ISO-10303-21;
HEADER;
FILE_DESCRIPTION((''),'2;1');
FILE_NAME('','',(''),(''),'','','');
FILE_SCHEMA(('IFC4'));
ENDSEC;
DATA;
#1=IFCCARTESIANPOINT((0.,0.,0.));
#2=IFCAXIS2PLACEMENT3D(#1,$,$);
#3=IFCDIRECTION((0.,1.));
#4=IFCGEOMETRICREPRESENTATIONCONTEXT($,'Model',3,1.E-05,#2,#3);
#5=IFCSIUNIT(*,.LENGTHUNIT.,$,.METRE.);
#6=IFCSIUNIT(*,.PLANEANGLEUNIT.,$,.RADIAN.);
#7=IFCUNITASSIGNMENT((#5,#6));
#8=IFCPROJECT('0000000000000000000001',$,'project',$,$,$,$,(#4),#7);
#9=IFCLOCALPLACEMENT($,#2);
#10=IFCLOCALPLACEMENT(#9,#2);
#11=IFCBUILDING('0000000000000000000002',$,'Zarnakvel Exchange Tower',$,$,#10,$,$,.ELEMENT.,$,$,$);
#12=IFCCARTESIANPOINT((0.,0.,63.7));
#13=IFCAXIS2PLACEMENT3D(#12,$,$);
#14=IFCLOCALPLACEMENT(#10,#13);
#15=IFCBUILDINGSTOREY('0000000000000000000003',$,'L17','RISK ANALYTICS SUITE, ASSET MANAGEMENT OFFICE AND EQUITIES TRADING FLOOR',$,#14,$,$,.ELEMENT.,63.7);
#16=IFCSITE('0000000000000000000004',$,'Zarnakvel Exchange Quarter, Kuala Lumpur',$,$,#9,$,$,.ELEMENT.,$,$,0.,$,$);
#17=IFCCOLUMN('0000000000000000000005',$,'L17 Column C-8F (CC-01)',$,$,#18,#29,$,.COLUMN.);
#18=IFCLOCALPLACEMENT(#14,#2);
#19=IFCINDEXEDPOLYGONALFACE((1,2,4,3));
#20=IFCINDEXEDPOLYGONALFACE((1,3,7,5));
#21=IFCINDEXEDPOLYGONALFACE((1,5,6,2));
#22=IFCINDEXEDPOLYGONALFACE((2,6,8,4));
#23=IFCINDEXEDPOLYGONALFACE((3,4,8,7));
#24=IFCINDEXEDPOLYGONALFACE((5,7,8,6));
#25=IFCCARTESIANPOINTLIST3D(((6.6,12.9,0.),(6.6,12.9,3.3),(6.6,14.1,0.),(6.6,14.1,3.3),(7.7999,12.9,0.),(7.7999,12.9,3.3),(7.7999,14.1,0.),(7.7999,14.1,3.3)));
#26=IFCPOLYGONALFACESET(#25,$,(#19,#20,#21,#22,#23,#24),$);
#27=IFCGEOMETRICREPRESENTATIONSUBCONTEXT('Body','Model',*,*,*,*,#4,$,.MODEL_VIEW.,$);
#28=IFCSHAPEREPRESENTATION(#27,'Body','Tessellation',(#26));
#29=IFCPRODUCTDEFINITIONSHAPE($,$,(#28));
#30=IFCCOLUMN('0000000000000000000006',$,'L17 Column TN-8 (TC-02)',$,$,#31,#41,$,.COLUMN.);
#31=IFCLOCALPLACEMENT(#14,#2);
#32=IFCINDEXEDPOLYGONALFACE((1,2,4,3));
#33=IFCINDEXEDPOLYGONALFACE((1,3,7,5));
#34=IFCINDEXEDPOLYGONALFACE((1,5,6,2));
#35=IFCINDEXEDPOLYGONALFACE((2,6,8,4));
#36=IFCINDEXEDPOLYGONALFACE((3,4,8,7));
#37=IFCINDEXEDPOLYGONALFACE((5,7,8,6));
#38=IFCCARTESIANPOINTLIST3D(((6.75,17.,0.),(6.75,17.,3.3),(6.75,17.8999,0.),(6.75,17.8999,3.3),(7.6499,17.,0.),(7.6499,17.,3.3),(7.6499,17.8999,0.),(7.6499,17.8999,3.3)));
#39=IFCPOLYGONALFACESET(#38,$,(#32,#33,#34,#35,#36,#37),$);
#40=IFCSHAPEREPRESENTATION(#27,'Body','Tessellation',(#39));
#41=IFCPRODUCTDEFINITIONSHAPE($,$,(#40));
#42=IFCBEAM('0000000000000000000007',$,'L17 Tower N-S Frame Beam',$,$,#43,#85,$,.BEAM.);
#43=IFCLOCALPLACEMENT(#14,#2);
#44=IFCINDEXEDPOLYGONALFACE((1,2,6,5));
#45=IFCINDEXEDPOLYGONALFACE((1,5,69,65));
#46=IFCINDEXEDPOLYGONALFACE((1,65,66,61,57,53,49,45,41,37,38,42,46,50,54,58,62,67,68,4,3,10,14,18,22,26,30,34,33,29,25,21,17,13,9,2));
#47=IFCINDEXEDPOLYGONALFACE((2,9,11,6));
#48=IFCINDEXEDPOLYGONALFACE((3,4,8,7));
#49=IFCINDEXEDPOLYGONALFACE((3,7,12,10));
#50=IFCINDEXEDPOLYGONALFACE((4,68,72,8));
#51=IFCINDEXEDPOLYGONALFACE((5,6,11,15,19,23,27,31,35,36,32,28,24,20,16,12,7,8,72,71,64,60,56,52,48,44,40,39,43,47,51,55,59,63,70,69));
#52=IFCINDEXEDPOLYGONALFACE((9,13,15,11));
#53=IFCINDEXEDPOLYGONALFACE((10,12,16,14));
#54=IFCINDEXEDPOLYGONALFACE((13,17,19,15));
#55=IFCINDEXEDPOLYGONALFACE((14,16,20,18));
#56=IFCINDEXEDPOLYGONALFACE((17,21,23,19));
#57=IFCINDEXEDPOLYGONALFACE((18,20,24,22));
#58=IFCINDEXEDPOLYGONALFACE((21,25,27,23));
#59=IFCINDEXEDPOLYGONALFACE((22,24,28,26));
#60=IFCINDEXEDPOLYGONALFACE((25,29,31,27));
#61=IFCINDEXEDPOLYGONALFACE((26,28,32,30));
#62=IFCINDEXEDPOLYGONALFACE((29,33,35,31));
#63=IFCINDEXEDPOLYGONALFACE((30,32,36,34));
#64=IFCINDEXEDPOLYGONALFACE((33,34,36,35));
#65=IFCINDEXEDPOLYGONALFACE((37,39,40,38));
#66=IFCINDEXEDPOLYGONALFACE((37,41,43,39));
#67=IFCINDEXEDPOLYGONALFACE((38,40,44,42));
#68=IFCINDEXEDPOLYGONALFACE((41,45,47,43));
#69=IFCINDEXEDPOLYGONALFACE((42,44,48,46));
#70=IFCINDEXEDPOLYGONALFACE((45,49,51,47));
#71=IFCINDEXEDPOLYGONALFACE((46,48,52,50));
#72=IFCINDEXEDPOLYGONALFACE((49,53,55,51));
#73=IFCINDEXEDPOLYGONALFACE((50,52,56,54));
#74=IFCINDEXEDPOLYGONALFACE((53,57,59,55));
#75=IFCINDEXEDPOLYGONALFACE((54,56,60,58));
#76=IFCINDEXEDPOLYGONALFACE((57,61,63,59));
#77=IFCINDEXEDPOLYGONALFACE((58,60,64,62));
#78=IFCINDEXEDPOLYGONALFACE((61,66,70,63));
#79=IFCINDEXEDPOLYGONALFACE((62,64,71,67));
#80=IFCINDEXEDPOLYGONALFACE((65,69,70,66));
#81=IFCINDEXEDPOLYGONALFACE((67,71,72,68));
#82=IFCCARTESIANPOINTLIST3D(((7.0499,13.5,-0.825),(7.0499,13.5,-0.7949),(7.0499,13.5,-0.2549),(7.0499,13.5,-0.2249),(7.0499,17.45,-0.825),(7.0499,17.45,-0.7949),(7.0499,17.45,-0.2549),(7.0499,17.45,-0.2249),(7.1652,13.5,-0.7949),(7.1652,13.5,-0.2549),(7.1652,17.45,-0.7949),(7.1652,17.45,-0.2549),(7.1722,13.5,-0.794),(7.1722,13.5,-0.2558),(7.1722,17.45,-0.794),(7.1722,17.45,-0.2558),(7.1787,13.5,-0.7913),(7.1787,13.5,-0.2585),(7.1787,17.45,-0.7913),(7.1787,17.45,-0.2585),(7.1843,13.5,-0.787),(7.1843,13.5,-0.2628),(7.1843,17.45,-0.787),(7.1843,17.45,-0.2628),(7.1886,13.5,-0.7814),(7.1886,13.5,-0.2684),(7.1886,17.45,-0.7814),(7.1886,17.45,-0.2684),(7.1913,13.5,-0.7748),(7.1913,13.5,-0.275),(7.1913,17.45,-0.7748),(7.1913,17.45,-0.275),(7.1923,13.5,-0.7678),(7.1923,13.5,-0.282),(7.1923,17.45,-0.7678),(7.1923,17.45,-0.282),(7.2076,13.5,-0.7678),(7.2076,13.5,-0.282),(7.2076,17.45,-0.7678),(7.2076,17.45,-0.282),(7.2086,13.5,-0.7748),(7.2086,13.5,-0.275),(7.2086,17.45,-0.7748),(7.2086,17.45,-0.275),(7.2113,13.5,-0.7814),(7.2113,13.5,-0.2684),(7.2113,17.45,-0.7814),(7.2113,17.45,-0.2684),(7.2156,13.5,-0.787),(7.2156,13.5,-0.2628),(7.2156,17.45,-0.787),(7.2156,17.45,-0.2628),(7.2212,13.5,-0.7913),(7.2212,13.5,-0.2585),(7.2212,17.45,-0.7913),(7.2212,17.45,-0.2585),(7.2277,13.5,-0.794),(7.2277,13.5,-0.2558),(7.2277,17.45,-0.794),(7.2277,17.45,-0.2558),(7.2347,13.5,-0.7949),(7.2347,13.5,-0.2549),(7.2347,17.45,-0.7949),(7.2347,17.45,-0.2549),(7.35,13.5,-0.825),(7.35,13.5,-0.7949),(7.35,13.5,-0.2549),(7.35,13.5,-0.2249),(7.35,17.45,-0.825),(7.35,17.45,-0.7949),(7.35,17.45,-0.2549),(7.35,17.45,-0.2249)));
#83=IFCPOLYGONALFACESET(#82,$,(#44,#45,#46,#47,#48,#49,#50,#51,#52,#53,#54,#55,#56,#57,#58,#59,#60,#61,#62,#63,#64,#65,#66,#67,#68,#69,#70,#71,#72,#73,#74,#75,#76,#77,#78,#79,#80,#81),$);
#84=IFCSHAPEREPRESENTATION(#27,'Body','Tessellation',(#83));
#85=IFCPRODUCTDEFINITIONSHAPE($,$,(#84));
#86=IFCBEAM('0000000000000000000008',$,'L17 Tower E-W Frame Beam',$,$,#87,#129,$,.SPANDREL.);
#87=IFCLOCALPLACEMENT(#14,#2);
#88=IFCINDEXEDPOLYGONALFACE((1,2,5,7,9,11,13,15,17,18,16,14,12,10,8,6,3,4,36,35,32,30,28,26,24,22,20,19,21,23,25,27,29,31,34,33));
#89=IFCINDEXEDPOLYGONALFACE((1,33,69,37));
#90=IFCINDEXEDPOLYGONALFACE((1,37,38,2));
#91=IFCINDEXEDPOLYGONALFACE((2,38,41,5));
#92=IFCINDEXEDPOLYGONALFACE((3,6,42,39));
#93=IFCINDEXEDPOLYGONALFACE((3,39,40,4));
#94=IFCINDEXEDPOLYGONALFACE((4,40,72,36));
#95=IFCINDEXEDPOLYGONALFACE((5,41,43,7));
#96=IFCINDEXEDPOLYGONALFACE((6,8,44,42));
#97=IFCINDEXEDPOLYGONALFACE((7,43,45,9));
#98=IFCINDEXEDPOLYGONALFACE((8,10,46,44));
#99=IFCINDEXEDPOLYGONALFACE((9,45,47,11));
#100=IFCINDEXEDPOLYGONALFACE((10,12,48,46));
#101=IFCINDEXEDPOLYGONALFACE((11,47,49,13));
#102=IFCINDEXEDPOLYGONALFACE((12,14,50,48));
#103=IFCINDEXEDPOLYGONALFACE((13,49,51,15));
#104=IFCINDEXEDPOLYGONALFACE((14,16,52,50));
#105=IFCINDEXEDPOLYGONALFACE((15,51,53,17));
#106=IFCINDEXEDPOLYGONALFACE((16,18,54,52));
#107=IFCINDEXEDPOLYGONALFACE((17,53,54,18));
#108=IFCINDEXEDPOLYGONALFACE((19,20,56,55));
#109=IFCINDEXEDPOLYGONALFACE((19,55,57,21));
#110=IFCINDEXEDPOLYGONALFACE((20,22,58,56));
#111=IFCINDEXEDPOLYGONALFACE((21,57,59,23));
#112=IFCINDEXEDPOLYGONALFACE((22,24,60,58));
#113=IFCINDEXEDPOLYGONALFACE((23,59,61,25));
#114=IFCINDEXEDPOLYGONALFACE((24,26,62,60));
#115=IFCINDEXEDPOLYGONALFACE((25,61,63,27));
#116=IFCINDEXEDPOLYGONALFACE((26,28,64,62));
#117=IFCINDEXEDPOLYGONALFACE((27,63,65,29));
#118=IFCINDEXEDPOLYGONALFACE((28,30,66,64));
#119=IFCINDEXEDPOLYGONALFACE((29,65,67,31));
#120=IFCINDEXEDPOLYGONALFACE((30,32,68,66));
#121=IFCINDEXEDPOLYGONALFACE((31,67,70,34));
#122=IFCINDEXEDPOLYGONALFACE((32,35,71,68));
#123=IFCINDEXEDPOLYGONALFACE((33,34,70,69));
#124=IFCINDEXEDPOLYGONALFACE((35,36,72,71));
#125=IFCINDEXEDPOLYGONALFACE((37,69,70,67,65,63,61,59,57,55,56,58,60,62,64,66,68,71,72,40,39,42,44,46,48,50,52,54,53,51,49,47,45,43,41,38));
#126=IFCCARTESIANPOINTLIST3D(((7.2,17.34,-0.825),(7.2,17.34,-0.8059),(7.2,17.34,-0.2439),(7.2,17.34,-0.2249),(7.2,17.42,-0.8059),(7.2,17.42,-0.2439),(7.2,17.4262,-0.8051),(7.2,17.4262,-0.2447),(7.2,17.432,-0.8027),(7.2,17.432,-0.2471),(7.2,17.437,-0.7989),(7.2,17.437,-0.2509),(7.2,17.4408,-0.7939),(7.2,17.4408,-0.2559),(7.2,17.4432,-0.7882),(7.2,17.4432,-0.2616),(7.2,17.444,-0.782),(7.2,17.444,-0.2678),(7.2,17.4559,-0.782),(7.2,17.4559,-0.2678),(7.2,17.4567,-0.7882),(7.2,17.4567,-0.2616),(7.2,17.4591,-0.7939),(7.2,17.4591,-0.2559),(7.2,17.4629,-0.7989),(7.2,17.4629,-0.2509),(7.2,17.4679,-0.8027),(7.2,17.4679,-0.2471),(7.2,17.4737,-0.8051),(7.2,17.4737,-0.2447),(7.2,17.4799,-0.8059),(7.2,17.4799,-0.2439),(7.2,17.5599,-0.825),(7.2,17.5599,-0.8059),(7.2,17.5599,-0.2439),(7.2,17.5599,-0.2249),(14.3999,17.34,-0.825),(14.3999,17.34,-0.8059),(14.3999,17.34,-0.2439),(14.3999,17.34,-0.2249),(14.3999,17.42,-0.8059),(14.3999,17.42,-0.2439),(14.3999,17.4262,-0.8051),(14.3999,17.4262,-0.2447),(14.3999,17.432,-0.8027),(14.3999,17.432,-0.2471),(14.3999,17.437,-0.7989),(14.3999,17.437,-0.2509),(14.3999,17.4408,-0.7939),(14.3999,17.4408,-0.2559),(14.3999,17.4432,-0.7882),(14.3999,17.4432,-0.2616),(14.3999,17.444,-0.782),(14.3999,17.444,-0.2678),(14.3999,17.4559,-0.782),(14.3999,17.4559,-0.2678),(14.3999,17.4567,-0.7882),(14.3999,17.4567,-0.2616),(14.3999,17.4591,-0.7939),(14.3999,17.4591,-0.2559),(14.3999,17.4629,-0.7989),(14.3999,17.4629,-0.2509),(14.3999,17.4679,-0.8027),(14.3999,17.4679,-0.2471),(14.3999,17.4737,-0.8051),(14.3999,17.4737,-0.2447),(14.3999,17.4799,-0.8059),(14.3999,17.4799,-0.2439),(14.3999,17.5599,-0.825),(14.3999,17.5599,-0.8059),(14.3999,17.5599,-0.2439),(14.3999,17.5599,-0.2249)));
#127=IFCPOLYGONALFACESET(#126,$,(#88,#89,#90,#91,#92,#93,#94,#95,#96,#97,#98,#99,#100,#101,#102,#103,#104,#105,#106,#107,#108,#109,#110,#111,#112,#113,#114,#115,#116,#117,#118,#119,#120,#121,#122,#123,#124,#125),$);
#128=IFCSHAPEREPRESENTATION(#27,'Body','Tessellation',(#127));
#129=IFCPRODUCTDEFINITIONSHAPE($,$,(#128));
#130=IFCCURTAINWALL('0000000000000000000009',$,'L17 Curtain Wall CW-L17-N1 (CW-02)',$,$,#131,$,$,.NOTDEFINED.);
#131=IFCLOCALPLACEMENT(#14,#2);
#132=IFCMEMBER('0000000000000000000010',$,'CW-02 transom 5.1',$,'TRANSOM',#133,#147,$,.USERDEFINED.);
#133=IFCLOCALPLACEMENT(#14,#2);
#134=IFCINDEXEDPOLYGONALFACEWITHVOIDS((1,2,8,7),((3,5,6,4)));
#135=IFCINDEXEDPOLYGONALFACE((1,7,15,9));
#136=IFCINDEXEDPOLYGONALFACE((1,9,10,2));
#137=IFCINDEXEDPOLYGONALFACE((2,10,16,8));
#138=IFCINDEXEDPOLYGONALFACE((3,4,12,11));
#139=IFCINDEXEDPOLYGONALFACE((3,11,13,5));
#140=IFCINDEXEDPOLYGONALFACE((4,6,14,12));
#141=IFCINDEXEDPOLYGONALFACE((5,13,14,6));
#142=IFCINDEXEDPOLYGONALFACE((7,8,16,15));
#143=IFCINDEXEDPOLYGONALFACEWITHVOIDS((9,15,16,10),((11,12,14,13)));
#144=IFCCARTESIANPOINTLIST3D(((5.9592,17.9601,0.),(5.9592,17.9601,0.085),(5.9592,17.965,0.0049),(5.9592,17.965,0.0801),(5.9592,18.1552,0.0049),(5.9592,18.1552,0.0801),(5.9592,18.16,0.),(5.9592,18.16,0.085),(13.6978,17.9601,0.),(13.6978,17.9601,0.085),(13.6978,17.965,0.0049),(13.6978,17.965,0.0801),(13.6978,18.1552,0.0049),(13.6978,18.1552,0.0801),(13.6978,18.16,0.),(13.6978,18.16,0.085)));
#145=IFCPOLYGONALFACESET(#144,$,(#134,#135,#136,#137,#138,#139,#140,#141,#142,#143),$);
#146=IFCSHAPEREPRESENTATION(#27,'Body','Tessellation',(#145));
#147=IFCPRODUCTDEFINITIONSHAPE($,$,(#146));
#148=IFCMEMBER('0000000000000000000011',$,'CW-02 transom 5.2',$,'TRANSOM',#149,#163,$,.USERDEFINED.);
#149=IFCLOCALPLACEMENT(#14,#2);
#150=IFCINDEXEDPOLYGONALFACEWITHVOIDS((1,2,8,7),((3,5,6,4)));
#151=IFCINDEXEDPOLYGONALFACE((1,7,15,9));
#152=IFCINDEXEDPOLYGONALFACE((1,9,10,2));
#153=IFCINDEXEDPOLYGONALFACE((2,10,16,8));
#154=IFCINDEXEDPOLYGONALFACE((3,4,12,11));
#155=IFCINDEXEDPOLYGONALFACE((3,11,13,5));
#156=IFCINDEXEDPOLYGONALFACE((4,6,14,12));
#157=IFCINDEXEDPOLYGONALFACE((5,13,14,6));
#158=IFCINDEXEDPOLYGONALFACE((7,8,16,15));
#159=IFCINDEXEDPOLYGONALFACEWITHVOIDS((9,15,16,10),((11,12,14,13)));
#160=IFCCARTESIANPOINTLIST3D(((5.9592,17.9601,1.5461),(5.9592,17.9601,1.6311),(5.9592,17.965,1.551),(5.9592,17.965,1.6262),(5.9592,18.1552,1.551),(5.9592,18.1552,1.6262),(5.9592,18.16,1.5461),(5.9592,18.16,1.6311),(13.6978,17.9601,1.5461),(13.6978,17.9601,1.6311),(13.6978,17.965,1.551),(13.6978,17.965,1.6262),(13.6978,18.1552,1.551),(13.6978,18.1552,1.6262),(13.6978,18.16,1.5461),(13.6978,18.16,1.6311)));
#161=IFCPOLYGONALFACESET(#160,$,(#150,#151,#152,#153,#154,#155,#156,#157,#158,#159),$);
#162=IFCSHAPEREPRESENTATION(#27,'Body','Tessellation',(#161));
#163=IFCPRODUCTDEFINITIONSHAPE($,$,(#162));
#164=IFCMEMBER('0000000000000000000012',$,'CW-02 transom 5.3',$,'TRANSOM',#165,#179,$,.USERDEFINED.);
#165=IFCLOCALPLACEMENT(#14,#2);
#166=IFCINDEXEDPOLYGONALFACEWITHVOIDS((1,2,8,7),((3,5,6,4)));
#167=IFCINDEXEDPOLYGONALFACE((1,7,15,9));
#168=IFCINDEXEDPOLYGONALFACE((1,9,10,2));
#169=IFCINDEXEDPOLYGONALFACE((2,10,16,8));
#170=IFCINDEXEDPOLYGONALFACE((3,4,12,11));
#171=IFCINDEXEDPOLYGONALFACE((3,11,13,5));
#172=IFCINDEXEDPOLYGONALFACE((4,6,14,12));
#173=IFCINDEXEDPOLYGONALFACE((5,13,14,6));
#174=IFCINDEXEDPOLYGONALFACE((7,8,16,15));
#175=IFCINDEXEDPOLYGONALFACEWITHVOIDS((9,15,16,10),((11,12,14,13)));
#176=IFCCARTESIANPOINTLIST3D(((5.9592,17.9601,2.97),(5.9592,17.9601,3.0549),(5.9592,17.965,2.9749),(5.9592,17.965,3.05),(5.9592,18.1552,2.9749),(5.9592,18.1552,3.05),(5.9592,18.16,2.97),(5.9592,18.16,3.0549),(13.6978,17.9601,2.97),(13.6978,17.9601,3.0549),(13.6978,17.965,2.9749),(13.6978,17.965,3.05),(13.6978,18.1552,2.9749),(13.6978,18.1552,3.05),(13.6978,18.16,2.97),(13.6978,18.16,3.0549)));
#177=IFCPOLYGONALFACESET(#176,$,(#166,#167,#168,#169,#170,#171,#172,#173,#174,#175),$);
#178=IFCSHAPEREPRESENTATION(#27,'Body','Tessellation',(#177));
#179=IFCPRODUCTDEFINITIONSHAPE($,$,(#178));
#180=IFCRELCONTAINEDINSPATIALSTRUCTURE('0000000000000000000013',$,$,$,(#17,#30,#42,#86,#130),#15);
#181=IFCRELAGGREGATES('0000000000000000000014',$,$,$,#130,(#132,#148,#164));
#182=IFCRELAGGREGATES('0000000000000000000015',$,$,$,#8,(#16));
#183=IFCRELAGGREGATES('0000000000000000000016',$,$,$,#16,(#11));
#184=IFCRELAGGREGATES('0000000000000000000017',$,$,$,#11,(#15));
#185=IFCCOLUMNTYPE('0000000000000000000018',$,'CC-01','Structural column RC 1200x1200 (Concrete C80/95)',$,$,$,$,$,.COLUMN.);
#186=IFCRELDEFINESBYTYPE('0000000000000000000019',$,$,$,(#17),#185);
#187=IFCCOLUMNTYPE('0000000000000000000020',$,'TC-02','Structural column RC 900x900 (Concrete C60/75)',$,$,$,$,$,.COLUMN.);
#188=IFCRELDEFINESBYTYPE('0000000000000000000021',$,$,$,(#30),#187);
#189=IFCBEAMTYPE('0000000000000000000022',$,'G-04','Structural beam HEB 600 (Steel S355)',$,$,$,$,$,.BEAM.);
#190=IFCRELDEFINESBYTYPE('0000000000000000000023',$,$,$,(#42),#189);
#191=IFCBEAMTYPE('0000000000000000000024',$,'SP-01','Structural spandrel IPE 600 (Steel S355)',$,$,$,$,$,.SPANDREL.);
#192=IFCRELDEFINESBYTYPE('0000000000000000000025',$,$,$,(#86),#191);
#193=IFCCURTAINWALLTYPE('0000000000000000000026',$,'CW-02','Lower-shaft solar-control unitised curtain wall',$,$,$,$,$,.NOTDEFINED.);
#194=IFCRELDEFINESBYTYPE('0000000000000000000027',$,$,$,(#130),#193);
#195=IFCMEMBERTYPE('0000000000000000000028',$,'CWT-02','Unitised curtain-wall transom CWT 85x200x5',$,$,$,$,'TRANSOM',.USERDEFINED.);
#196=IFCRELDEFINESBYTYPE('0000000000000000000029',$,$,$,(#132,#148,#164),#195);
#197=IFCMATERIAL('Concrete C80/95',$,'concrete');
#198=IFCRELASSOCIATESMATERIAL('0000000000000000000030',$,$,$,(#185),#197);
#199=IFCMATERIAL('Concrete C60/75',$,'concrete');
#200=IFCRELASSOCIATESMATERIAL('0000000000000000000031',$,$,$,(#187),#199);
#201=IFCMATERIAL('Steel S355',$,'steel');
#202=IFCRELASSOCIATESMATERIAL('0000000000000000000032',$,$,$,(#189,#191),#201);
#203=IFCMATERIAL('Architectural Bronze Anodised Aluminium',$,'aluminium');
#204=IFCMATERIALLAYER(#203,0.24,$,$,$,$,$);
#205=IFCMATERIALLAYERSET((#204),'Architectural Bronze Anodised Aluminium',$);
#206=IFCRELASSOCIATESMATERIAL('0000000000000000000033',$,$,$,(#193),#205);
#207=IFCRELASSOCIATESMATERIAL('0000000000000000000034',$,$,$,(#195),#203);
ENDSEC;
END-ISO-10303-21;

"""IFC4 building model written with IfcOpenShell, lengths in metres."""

from ifc_helpers import new_model, si_unit, direction, frame, origin, origin_2d, place, context, subcontext, project, spatial, rectangle, hollow_rectangle, i_section, extrude, source, transform, mapped, material, layer, layer_set, material_profile, profile_set, type_object, element, aggregate, save


model = new_model("IFC4")

# Units and contexts
model_context = context("Model", 3, precision=1e-05, world=origin(), true_north=direction((0.0, 1.0)))
body_context = subcontext(model_context, "Body", "Model", "MODEL_VIEW")
ifc_project = project(units=[si_unit("LENGTHUNIT", "METRE"), si_unit("PLANEANGLEUNIT", "RADIAN")], contexts=[model_context])

# Site, building, storey
site_placement = place(None, origin())
site = spatial("IfcSite", under=ifc_project, at=site_placement, Name="Zarnakvel Exchange Quarter, Kuala Lumpur", CompositionType="ELEMENT", RefElevation=0.0)
building_placement = place(site_placement, origin())
building = spatial("IfcBuilding", under=site, at=building_placement, Name="Zarnakvel Exchange Tower", CompositionType="ELEMENT")
storey_placement = place(building_placement, frame((0.0, 0.0, 63.7)))
storey = spatial("IfcBuildingStorey", under=building, at=storey_placement, Name="L17", Description="RISK ANALYTICS SUITE, ASSET MANAGEMENT OFFICE AND EQUITIES TRADING FLOOR", CompositionType="ELEMENT", Elevation=63.7)

# Columns
ifc_material_1 = material(Name="Concrete C80/95", Category="concrete")
ifc_material_profile_1 = material_profile(ifc_material_1, rectangle(XDim=1.2, YDim=1.2, at=origin_2d()))
ifc_profile_set_1 = profile_set([ifc_material_profile_1], Name="Concrete C80/95")
column_type_1 = type_object("IfcColumnType", Name="CC-01", Description="Structural column RC 1200x1200 (Concrete C80/95)", PredefinedType="COLUMN", material=ifc_profile_set_1)
column_1_placement = place(storey_placement, frame((7.2, 13.5, 0.0), z_axis=(0.0, 0.0, 1.0), x_axis=(1.0, 0.0, 0.0)))
element("IfcColumn", 1, at=column_1_placement, inside=storey, type_object=column_type_1, Name="L17 Column C-8F (CC-01)", PredefinedType="COLUMN", context=body_context, shape_type="SweptSolid", body=[
    extrude(rectangle(XDim=1.2, YDim=1.2, at=origin_2d()), origin(), (0.0, 0.0, 1.0), 3.3),
])
ifc_material_2 = material(Name="Concrete C60/75", Category="concrete")
ifc_material_profile_2 = material_profile(ifc_material_2, rectangle(XDim=0.8999, YDim=0.8999, at=origin_2d()))
ifc_profile_set_2 = profile_set([ifc_material_profile_2], Name="Concrete C60/75")
column_type_2 = type_object("IfcColumnType", Name="TC-02", Description="Structural column RC 900x900 (Concrete C60/75)", PredefinedType="COLUMN", material=ifc_profile_set_2)
column_2_placement = place(storey_placement, frame((7.2, 17.45, 0.0), z_axis=(0.0, 0.0, 1.0), x_axis=(1.0, 0.0, 0.0)))
element("IfcColumn", 2, at=column_2_placement, inside=storey, type_object=column_type_2, Name="L17 Column TN-8 (TC-02)", PredefinedType="COLUMN", context=body_context, shape_type="SweptSolid", body=[
    extrude(rectangle(XDim=0.8999, YDim=0.8999, at=origin_2d()), origin(), (0.0, 0.0, 1.0), 3.3),
])

# Beams
ifc_material_3 = material(Name="Steel S355", Category="steel")
ifc_material_profile_3 = material_profile(ifc_material_3, i_section(OverallWidth=0.3, OverallDepth=0.6001, WebThickness=0.0154, FlangeThickness=0.03, FilletRadius=0.0271, at=origin_2d()))
ifc_profile_set_3 = profile_set([ifc_material_profile_3], Name="Steel S355")
beam_type_1 = type_object("IfcBeamType", Name="G-04", Description="Structural beam HEB 600 (Steel S355)", PredefinedType="BEAM", material=ifc_profile_set_3)
beam_1_placement = place(storey_placement, frame((7.2, 13.5, -0.5249), z_axis=(0.0, 1.0, 0.0), x_axis=(-1.0, 0.0, 0.0)))
element("IfcBeam", 3, at=beam_1_placement, inside=storey, type_object=beam_type_1, Name="L17 Tower N-S Frame Beam", PredefinedType="BEAM", context=body_context, shape_type="SweptSolid", body=[
    extrude(i_section(OverallWidth=0.3, OverallDepth=0.6001, WebThickness=0.0154, FlangeThickness=0.03, FilletRadius=0.0271, at=origin_2d()), origin(), (0.0, 0.0, 1.0), 3.95),
])
ifc_material_profile_4 = material_profile(ifc_material_3, i_section(OverallWidth=0.22, OverallDepth=0.6001, WebThickness=0.012, FlangeThickness=0.019, FilletRadius=0.0239, at=origin_2d()))
ifc_profile_set_4 = profile_set([ifc_material_profile_4], Name="Steel S355")
beam_type_2 = type_object("IfcBeamType", Name="SP-01", Description="Structural spandrel IPE 600 (Steel S355)", PredefinedType="SPANDREL", material=ifc_profile_set_4)
beam_2_placement = place(storey_placement, frame((7.2, 17.45, -0.5249), z_axis=(1.0, 0.0, 0.0), x_axis=(0.0, 1.0, 0.0)))
element("IfcBeam", 4, at=beam_2_placement, inside=storey, type_object=beam_type_2, Name="L17 Tower E-W Frame Beam", PredefinedType="SPANDREL", context=body_context, shape_type="SweptSolid", body=[
    extrude(i_section(OverallWidth=0.22, OverallDepth=0.6001, WebThickness=0.012, FlangeThickness=0.019, FilletRadius=0.0239, at=origin_2d()), origin(), (0.0, 0.0, 1.0), 7.2),
])

# Curtain wall, members
ifc_material_4 = material(Name="Architectural Bronze Anodised Aluminium", Category="aluminium")
ifc_layer_1 = layer(ifc_material_4, 0.24)
ifc_layer_set_1 = layer_set([ifc_layer_1], Name="Architectural Bronze Anodised Aluminium")
curtain_wall_type = type_object("IfcCurtainWallType", Name="CW-02", Description="Lower-shaft solar-control unitised curtain wall", PredefinedType="NOTDEFINED", material=ifc_layer_set_1)
curtain_wall_placement = place(storey_placement, origin())
curtain_wall = element("IfcCurtainWall", 5, at=curtain_wall_placement, inside=storey, type_object=curtain_wall_type, Name="L17 Curtain Wall CW-L17-N1 (CW-02)", PredefinedType="NOTDEFINED")
ifc_material_profile_5 = material_profile(ifc_material_4, hollow_rectangle(XDim=0.2, YDim=0.085, WallThickness=0.0049, at=origin_2d()))
ifc_profile_set_5 = profile_set([ifc_material_profile_5], Name="Architectural Bronze Anodised Aluminium")
member_type_1 = type_object("IfcMemberType", Name="CWT-02", Description="Unitised curtain-wall transom CWT 85x200x5", ElementType="TRANSOM", PredefinedType="USERDEFINED", material=ifc_profile_set_5)
shared_shape_1 = source(origin(), body_context, "Body", "SweptSolid", [
    extrude(hollow_rectangle(XDim=0.2, YDim=0.085, WallThickness=0.0049, at=origin_2d()), origin(), (0.0, 0.0, 1.0), 7.7385),
])
member_1_placement = place(storey_placement, frame((5.9592, 18.0601, 0.0425), z_axis=(1.0, 0.0, 0.0), x_axis=(0.0, 1.0, 0.0)))
member_1 = element("IfcMember", 6, at=member_1_placement, type_object=member_type_1, Name="CW-02 transom 5.1", ObjectType="TRANSOM", PredefinedType="USERDEFINED", context=body_context, shape_type="MappedRepresentation", body=[
    mapped(shared_shape_1, transform((0.0, 0.0, 0.0), x_axis=(1.0, 0.0, 0.0), y_axis=(0.0, 1.0, 0.0), z_axis=(0.0, 0.0, 1.0), scale=1.0)),
])
member_2_placement = place(storey_placement, frame((5.9592, 18.0601, 1.5886), z_axis=(1.0, 0.0, 0.0), x_axis=(0.0, 1.0, 0.0)))
member_2 = element("IfcMember", 7, at=member_2_placement, type_object=member_type_1, Name="CW-02 transom 5.2", ObjectType="TRANSOM", PredefinedType="USERDEFINED", context=body_context, shape_type="MappedRepresentation", body=[
    mapped(shared_shape_1, transform((0.0, 0.0, 0.0), x_axis=(1.0, 0.0, 0.0), y_axis=(0.0, 1.0, 0.0), z_axis=(0.0, 0.0, 1.0), scale=1.0)),
])
member_3_placement = place(storey_placement, frame((5.9592, 18.0601, 3.0125), z_axis=(1.0, 0.0, 0.0), x_axis=(0.0, 1.0, 0.0)))
member_3 = element("IfcMember", 8, at=member_3_placement, type_object=member_type_1, Name="CW-02 transom 5.3", ObjectType="TRANSOM", PredefinedType="USERDEFINED", context=body_context, shape_type="MappedRepresentation", body=[
    mapped(shared_shape_1, transform((0.0, 0.0, 0.0), x_axis=(1.0, 0.0, 0.0), y_axis=(0.0, 1.0, 0.0), z_axis=(0.0, 0.0, 1.0), scale=1.0)),
])
aggregate(curtain_wall, [member_1, member_2, member_3])

save(model, "model.ifc")
